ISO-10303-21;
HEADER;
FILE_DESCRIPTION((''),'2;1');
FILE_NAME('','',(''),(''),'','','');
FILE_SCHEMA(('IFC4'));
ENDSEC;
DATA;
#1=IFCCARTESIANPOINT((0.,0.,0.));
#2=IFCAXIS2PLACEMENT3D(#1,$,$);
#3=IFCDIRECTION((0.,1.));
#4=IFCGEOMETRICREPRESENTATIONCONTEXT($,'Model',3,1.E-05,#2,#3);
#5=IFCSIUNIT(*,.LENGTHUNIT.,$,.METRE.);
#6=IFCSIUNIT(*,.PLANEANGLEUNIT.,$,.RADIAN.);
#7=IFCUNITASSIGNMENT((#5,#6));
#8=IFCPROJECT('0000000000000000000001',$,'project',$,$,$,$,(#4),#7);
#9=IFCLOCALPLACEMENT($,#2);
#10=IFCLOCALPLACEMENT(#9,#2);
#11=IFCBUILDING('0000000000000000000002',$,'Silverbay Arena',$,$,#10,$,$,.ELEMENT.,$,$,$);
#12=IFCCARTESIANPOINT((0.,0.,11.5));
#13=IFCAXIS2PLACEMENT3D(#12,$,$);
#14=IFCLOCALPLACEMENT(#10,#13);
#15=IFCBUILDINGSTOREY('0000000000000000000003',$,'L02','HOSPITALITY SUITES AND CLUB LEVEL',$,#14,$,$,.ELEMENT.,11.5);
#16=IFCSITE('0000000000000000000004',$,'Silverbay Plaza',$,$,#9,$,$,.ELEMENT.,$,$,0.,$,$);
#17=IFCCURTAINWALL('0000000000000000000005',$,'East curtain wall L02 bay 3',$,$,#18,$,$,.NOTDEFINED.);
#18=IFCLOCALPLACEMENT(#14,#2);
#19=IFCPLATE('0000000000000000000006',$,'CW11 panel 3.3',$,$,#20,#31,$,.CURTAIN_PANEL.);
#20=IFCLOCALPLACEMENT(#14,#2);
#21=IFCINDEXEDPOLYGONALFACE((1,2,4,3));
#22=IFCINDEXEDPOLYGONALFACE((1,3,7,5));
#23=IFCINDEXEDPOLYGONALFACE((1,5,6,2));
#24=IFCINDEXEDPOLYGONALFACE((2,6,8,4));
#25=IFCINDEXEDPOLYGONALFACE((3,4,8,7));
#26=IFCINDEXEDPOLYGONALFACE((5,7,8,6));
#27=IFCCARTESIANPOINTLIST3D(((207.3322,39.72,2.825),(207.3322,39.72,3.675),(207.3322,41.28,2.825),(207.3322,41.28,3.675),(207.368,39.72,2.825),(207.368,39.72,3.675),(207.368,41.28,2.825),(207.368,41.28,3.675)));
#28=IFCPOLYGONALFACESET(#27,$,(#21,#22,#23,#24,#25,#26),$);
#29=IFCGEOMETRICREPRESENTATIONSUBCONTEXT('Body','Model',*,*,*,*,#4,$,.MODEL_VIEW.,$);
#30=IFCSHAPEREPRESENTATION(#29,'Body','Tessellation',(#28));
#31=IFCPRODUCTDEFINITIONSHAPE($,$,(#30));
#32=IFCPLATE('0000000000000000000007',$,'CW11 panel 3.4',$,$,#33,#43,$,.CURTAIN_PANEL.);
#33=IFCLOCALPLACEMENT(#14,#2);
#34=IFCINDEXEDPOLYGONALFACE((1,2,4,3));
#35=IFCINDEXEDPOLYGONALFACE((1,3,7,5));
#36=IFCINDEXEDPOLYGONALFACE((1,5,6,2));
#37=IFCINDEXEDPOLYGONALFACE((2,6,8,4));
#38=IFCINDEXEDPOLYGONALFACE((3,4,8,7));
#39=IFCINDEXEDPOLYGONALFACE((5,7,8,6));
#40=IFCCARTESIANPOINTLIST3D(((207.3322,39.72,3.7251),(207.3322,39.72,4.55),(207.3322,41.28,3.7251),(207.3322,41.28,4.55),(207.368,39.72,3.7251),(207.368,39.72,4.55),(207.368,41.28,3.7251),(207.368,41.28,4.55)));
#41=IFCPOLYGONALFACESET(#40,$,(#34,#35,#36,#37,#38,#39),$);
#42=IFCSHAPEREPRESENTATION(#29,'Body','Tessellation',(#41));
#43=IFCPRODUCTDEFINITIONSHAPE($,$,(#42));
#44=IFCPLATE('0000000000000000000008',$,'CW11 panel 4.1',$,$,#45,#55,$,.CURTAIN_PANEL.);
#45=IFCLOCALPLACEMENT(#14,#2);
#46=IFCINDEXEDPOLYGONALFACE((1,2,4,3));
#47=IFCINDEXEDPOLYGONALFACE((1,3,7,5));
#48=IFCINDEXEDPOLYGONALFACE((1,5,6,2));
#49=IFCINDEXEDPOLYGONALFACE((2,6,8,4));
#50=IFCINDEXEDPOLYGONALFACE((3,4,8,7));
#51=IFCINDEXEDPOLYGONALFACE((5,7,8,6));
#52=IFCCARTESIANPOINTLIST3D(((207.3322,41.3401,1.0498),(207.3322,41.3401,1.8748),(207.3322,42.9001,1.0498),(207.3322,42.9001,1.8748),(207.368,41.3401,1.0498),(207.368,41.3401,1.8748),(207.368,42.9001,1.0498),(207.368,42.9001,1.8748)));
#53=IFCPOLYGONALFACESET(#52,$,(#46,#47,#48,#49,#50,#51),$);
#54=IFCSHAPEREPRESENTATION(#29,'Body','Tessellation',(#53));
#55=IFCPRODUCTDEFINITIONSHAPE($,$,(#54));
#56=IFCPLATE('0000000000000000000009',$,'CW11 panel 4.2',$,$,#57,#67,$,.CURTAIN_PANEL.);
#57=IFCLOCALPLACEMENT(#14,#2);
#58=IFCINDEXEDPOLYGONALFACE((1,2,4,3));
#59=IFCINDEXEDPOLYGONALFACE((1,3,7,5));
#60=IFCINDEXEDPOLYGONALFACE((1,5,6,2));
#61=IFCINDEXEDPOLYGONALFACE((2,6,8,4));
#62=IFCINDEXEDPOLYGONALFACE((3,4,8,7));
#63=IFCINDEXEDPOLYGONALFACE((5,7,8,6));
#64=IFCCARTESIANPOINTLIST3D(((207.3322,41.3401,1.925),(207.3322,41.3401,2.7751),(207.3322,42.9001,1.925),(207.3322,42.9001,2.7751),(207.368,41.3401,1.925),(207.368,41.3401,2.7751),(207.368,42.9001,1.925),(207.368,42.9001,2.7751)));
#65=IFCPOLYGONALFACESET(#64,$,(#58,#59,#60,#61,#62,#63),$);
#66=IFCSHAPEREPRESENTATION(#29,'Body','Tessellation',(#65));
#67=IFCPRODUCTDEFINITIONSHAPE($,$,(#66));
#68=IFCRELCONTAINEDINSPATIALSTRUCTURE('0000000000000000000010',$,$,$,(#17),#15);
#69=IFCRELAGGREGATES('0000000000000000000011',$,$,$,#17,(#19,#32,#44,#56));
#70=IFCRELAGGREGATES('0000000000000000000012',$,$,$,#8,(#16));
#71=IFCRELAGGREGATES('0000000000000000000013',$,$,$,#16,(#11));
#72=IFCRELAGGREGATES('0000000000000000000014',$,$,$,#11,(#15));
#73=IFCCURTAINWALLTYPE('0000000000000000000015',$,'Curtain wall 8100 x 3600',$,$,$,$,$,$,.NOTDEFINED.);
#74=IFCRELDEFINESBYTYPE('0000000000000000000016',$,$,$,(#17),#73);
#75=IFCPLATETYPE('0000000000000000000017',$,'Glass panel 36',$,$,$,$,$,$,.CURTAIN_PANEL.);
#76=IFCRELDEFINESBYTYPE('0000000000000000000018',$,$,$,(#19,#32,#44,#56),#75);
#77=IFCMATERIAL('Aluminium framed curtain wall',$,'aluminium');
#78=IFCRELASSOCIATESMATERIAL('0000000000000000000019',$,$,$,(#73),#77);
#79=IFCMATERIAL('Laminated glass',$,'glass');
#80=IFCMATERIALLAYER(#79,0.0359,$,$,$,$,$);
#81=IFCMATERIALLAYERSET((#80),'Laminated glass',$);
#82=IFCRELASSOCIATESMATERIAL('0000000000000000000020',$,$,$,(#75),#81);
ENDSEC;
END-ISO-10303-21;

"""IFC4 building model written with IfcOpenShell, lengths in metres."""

from ifc_helpers import new_model, si_unit, direction, frame, origin, origin_2d, place, context, subcontext, project, spatial, rectangle, extrude, material, layer, layer_set, type_object, element, aggregate, save


model = new_model("IFC4")

# Units and contexts
model_context = context("Model", 3, precision=1e-05, world=origin(), true_north=direction((0.0, 1.0)))
body_context = subcontext(model_context, "Body", "Model", "MODEL_VIEW")
ifc_project = project(units=[si_unit("LENGTHUNIT", "METRE"), si_unit("PLANEANGLEUNIT", "RADIAN")], contexts=[model_context])

# Site, building, storey
site_placement = place(None, origin())
site = spatial("IfcSite", under=ifc_project, at=site_placement, Name="Silverbay Plaza", CompositionType="ELEMENT", RefElevation=0.0)
building_placement = place(site_placement, origin())
building = spatial("IfcBuilding", under=site, at=building_placement, Name="Silverbay Arena", CompositionType="ELEMENT")
storey_placement = place(building_placement, frame((0.0, 0.0, 11.5)))
storey = spatial("IfcBuildingStorey", under=building, at=storey_placement, Name="L02", Description="HOSPITALITY SUITES AND CLUB LEVEL", CompositionType="ELEMENT", Elevation=11.5)

# Curtain wall, plates
ifc_material_1 = material(Name="Aluminium framed curtain wall", Category="aluminium")
curtain_wall_type = type_object("IfcCurtainWallType", Name="Curtain wall 8100 x 3600", PredefinedType="NOTDEFINED", material=ifc_material_1)
curtain_wall_placement = place(storey_placement, origin())
curtain_wall = element("IfcCurtainWall", 1, at=curtain_wall_placement, inside=storey, type_object=curtain_wall_type, Name="East curtain wall L02 bay 3", PredefinedType="NOTDEFINED")
ifc_material_2 = material(Name="Laminated glass", Category="glass")
ifc_layer = layer(ifc_material_2, 0.0359)
ifc_layer_set = layer_set([ifc_layer], Name="Laminated glass")
plate_type = type_object("IfcPlateType", Name="Glass panel 36", PredefinedType="CURTAIN_PANEL", material=ifc_layer_set)
plate_1_placement = place(storey_placement, frame((207.3501, 40.5, 2.825), z_axis=(0.0, 0.0, 1.0), x_axis=(0.0, 1.0, 0.0)))
plate_1 = element("IfcPlate", 2, at=plate_1_placement, type_object=plate_type, Name="CW11 panel 3.3", PredefinedType="CURTAIN_PANEL", context=body_context, shape_type="SweptSolid", body=[
    extrude(rectangle(XDim=1.5601, YDim=0.0359, at=origin_2d()), origin(), (0.0, 0.0, 1.0), 0.8501),
])
plate_2_placement = place(storey_placement, frame((207.3501, 40.5, 3.7251), z_axis=(0.0, 0.0, 1.0), x_axis=(0.0, 1.0, 0.0)))
plate_2 = element("IfcPlate", 3, at=plate_2_placement, type_object=plate_type, Name="CW11 panel 3.4", PredefinedType="CURTAIN_PANEL", context=body_context, shape_type="SweptSolid", body=[
    extrude(rectangle(XDim=1.5601, YDim=0.0359, at=origin_2d()), origin(), (0.0, 0.0, 1.0), 0.825),
])
plate_3_placement = place(storey_placement, frame((207.3501, 42.1201, 1.0498), z_axis=(0.0, 0.0, 1.0), x_axis=(0.0, 1.0, 0.0)))
plate_3 = element("IfcPlate", 4, at=plate_3_placement, type_object=plate_type, Name="CW11 panel 4.1", PredefinedType="CURTAIN_PANEL", context=body_context, shape_type="SweptSolid", body=[
    extrude(rectangle(XDim=1.5601, YDim=0.0359, at=origin_2d()), origin(), (0.0, 0.0, 1.0), 0.825),
])
plate_4_placement = place(storey_placement, frame((207.3501, 42.1201, 1.925), z_axis=(0.0, 0.0, 1.0), x_axis=(0.0, 1.0, 0.0)))
plate_4 = element("IfcPlate", 5, at=plate_4_placement, type_object=plate_type, Name="CW11 panel 4.2", PredefinedType="CURTAIN_PANEL", context=body_context, shape_type="SweptSolid", body=[
    extrude(rectangle(XDim=1.5601, YDim=0.0359, at=origin_2d()), origin(), (0.0, 0.0, 1.0), 0.8501),
])
aggregate(curtain_wall, [plate_1, plate_2, plate_3, plate_4])

save(model, "model.ifc")
